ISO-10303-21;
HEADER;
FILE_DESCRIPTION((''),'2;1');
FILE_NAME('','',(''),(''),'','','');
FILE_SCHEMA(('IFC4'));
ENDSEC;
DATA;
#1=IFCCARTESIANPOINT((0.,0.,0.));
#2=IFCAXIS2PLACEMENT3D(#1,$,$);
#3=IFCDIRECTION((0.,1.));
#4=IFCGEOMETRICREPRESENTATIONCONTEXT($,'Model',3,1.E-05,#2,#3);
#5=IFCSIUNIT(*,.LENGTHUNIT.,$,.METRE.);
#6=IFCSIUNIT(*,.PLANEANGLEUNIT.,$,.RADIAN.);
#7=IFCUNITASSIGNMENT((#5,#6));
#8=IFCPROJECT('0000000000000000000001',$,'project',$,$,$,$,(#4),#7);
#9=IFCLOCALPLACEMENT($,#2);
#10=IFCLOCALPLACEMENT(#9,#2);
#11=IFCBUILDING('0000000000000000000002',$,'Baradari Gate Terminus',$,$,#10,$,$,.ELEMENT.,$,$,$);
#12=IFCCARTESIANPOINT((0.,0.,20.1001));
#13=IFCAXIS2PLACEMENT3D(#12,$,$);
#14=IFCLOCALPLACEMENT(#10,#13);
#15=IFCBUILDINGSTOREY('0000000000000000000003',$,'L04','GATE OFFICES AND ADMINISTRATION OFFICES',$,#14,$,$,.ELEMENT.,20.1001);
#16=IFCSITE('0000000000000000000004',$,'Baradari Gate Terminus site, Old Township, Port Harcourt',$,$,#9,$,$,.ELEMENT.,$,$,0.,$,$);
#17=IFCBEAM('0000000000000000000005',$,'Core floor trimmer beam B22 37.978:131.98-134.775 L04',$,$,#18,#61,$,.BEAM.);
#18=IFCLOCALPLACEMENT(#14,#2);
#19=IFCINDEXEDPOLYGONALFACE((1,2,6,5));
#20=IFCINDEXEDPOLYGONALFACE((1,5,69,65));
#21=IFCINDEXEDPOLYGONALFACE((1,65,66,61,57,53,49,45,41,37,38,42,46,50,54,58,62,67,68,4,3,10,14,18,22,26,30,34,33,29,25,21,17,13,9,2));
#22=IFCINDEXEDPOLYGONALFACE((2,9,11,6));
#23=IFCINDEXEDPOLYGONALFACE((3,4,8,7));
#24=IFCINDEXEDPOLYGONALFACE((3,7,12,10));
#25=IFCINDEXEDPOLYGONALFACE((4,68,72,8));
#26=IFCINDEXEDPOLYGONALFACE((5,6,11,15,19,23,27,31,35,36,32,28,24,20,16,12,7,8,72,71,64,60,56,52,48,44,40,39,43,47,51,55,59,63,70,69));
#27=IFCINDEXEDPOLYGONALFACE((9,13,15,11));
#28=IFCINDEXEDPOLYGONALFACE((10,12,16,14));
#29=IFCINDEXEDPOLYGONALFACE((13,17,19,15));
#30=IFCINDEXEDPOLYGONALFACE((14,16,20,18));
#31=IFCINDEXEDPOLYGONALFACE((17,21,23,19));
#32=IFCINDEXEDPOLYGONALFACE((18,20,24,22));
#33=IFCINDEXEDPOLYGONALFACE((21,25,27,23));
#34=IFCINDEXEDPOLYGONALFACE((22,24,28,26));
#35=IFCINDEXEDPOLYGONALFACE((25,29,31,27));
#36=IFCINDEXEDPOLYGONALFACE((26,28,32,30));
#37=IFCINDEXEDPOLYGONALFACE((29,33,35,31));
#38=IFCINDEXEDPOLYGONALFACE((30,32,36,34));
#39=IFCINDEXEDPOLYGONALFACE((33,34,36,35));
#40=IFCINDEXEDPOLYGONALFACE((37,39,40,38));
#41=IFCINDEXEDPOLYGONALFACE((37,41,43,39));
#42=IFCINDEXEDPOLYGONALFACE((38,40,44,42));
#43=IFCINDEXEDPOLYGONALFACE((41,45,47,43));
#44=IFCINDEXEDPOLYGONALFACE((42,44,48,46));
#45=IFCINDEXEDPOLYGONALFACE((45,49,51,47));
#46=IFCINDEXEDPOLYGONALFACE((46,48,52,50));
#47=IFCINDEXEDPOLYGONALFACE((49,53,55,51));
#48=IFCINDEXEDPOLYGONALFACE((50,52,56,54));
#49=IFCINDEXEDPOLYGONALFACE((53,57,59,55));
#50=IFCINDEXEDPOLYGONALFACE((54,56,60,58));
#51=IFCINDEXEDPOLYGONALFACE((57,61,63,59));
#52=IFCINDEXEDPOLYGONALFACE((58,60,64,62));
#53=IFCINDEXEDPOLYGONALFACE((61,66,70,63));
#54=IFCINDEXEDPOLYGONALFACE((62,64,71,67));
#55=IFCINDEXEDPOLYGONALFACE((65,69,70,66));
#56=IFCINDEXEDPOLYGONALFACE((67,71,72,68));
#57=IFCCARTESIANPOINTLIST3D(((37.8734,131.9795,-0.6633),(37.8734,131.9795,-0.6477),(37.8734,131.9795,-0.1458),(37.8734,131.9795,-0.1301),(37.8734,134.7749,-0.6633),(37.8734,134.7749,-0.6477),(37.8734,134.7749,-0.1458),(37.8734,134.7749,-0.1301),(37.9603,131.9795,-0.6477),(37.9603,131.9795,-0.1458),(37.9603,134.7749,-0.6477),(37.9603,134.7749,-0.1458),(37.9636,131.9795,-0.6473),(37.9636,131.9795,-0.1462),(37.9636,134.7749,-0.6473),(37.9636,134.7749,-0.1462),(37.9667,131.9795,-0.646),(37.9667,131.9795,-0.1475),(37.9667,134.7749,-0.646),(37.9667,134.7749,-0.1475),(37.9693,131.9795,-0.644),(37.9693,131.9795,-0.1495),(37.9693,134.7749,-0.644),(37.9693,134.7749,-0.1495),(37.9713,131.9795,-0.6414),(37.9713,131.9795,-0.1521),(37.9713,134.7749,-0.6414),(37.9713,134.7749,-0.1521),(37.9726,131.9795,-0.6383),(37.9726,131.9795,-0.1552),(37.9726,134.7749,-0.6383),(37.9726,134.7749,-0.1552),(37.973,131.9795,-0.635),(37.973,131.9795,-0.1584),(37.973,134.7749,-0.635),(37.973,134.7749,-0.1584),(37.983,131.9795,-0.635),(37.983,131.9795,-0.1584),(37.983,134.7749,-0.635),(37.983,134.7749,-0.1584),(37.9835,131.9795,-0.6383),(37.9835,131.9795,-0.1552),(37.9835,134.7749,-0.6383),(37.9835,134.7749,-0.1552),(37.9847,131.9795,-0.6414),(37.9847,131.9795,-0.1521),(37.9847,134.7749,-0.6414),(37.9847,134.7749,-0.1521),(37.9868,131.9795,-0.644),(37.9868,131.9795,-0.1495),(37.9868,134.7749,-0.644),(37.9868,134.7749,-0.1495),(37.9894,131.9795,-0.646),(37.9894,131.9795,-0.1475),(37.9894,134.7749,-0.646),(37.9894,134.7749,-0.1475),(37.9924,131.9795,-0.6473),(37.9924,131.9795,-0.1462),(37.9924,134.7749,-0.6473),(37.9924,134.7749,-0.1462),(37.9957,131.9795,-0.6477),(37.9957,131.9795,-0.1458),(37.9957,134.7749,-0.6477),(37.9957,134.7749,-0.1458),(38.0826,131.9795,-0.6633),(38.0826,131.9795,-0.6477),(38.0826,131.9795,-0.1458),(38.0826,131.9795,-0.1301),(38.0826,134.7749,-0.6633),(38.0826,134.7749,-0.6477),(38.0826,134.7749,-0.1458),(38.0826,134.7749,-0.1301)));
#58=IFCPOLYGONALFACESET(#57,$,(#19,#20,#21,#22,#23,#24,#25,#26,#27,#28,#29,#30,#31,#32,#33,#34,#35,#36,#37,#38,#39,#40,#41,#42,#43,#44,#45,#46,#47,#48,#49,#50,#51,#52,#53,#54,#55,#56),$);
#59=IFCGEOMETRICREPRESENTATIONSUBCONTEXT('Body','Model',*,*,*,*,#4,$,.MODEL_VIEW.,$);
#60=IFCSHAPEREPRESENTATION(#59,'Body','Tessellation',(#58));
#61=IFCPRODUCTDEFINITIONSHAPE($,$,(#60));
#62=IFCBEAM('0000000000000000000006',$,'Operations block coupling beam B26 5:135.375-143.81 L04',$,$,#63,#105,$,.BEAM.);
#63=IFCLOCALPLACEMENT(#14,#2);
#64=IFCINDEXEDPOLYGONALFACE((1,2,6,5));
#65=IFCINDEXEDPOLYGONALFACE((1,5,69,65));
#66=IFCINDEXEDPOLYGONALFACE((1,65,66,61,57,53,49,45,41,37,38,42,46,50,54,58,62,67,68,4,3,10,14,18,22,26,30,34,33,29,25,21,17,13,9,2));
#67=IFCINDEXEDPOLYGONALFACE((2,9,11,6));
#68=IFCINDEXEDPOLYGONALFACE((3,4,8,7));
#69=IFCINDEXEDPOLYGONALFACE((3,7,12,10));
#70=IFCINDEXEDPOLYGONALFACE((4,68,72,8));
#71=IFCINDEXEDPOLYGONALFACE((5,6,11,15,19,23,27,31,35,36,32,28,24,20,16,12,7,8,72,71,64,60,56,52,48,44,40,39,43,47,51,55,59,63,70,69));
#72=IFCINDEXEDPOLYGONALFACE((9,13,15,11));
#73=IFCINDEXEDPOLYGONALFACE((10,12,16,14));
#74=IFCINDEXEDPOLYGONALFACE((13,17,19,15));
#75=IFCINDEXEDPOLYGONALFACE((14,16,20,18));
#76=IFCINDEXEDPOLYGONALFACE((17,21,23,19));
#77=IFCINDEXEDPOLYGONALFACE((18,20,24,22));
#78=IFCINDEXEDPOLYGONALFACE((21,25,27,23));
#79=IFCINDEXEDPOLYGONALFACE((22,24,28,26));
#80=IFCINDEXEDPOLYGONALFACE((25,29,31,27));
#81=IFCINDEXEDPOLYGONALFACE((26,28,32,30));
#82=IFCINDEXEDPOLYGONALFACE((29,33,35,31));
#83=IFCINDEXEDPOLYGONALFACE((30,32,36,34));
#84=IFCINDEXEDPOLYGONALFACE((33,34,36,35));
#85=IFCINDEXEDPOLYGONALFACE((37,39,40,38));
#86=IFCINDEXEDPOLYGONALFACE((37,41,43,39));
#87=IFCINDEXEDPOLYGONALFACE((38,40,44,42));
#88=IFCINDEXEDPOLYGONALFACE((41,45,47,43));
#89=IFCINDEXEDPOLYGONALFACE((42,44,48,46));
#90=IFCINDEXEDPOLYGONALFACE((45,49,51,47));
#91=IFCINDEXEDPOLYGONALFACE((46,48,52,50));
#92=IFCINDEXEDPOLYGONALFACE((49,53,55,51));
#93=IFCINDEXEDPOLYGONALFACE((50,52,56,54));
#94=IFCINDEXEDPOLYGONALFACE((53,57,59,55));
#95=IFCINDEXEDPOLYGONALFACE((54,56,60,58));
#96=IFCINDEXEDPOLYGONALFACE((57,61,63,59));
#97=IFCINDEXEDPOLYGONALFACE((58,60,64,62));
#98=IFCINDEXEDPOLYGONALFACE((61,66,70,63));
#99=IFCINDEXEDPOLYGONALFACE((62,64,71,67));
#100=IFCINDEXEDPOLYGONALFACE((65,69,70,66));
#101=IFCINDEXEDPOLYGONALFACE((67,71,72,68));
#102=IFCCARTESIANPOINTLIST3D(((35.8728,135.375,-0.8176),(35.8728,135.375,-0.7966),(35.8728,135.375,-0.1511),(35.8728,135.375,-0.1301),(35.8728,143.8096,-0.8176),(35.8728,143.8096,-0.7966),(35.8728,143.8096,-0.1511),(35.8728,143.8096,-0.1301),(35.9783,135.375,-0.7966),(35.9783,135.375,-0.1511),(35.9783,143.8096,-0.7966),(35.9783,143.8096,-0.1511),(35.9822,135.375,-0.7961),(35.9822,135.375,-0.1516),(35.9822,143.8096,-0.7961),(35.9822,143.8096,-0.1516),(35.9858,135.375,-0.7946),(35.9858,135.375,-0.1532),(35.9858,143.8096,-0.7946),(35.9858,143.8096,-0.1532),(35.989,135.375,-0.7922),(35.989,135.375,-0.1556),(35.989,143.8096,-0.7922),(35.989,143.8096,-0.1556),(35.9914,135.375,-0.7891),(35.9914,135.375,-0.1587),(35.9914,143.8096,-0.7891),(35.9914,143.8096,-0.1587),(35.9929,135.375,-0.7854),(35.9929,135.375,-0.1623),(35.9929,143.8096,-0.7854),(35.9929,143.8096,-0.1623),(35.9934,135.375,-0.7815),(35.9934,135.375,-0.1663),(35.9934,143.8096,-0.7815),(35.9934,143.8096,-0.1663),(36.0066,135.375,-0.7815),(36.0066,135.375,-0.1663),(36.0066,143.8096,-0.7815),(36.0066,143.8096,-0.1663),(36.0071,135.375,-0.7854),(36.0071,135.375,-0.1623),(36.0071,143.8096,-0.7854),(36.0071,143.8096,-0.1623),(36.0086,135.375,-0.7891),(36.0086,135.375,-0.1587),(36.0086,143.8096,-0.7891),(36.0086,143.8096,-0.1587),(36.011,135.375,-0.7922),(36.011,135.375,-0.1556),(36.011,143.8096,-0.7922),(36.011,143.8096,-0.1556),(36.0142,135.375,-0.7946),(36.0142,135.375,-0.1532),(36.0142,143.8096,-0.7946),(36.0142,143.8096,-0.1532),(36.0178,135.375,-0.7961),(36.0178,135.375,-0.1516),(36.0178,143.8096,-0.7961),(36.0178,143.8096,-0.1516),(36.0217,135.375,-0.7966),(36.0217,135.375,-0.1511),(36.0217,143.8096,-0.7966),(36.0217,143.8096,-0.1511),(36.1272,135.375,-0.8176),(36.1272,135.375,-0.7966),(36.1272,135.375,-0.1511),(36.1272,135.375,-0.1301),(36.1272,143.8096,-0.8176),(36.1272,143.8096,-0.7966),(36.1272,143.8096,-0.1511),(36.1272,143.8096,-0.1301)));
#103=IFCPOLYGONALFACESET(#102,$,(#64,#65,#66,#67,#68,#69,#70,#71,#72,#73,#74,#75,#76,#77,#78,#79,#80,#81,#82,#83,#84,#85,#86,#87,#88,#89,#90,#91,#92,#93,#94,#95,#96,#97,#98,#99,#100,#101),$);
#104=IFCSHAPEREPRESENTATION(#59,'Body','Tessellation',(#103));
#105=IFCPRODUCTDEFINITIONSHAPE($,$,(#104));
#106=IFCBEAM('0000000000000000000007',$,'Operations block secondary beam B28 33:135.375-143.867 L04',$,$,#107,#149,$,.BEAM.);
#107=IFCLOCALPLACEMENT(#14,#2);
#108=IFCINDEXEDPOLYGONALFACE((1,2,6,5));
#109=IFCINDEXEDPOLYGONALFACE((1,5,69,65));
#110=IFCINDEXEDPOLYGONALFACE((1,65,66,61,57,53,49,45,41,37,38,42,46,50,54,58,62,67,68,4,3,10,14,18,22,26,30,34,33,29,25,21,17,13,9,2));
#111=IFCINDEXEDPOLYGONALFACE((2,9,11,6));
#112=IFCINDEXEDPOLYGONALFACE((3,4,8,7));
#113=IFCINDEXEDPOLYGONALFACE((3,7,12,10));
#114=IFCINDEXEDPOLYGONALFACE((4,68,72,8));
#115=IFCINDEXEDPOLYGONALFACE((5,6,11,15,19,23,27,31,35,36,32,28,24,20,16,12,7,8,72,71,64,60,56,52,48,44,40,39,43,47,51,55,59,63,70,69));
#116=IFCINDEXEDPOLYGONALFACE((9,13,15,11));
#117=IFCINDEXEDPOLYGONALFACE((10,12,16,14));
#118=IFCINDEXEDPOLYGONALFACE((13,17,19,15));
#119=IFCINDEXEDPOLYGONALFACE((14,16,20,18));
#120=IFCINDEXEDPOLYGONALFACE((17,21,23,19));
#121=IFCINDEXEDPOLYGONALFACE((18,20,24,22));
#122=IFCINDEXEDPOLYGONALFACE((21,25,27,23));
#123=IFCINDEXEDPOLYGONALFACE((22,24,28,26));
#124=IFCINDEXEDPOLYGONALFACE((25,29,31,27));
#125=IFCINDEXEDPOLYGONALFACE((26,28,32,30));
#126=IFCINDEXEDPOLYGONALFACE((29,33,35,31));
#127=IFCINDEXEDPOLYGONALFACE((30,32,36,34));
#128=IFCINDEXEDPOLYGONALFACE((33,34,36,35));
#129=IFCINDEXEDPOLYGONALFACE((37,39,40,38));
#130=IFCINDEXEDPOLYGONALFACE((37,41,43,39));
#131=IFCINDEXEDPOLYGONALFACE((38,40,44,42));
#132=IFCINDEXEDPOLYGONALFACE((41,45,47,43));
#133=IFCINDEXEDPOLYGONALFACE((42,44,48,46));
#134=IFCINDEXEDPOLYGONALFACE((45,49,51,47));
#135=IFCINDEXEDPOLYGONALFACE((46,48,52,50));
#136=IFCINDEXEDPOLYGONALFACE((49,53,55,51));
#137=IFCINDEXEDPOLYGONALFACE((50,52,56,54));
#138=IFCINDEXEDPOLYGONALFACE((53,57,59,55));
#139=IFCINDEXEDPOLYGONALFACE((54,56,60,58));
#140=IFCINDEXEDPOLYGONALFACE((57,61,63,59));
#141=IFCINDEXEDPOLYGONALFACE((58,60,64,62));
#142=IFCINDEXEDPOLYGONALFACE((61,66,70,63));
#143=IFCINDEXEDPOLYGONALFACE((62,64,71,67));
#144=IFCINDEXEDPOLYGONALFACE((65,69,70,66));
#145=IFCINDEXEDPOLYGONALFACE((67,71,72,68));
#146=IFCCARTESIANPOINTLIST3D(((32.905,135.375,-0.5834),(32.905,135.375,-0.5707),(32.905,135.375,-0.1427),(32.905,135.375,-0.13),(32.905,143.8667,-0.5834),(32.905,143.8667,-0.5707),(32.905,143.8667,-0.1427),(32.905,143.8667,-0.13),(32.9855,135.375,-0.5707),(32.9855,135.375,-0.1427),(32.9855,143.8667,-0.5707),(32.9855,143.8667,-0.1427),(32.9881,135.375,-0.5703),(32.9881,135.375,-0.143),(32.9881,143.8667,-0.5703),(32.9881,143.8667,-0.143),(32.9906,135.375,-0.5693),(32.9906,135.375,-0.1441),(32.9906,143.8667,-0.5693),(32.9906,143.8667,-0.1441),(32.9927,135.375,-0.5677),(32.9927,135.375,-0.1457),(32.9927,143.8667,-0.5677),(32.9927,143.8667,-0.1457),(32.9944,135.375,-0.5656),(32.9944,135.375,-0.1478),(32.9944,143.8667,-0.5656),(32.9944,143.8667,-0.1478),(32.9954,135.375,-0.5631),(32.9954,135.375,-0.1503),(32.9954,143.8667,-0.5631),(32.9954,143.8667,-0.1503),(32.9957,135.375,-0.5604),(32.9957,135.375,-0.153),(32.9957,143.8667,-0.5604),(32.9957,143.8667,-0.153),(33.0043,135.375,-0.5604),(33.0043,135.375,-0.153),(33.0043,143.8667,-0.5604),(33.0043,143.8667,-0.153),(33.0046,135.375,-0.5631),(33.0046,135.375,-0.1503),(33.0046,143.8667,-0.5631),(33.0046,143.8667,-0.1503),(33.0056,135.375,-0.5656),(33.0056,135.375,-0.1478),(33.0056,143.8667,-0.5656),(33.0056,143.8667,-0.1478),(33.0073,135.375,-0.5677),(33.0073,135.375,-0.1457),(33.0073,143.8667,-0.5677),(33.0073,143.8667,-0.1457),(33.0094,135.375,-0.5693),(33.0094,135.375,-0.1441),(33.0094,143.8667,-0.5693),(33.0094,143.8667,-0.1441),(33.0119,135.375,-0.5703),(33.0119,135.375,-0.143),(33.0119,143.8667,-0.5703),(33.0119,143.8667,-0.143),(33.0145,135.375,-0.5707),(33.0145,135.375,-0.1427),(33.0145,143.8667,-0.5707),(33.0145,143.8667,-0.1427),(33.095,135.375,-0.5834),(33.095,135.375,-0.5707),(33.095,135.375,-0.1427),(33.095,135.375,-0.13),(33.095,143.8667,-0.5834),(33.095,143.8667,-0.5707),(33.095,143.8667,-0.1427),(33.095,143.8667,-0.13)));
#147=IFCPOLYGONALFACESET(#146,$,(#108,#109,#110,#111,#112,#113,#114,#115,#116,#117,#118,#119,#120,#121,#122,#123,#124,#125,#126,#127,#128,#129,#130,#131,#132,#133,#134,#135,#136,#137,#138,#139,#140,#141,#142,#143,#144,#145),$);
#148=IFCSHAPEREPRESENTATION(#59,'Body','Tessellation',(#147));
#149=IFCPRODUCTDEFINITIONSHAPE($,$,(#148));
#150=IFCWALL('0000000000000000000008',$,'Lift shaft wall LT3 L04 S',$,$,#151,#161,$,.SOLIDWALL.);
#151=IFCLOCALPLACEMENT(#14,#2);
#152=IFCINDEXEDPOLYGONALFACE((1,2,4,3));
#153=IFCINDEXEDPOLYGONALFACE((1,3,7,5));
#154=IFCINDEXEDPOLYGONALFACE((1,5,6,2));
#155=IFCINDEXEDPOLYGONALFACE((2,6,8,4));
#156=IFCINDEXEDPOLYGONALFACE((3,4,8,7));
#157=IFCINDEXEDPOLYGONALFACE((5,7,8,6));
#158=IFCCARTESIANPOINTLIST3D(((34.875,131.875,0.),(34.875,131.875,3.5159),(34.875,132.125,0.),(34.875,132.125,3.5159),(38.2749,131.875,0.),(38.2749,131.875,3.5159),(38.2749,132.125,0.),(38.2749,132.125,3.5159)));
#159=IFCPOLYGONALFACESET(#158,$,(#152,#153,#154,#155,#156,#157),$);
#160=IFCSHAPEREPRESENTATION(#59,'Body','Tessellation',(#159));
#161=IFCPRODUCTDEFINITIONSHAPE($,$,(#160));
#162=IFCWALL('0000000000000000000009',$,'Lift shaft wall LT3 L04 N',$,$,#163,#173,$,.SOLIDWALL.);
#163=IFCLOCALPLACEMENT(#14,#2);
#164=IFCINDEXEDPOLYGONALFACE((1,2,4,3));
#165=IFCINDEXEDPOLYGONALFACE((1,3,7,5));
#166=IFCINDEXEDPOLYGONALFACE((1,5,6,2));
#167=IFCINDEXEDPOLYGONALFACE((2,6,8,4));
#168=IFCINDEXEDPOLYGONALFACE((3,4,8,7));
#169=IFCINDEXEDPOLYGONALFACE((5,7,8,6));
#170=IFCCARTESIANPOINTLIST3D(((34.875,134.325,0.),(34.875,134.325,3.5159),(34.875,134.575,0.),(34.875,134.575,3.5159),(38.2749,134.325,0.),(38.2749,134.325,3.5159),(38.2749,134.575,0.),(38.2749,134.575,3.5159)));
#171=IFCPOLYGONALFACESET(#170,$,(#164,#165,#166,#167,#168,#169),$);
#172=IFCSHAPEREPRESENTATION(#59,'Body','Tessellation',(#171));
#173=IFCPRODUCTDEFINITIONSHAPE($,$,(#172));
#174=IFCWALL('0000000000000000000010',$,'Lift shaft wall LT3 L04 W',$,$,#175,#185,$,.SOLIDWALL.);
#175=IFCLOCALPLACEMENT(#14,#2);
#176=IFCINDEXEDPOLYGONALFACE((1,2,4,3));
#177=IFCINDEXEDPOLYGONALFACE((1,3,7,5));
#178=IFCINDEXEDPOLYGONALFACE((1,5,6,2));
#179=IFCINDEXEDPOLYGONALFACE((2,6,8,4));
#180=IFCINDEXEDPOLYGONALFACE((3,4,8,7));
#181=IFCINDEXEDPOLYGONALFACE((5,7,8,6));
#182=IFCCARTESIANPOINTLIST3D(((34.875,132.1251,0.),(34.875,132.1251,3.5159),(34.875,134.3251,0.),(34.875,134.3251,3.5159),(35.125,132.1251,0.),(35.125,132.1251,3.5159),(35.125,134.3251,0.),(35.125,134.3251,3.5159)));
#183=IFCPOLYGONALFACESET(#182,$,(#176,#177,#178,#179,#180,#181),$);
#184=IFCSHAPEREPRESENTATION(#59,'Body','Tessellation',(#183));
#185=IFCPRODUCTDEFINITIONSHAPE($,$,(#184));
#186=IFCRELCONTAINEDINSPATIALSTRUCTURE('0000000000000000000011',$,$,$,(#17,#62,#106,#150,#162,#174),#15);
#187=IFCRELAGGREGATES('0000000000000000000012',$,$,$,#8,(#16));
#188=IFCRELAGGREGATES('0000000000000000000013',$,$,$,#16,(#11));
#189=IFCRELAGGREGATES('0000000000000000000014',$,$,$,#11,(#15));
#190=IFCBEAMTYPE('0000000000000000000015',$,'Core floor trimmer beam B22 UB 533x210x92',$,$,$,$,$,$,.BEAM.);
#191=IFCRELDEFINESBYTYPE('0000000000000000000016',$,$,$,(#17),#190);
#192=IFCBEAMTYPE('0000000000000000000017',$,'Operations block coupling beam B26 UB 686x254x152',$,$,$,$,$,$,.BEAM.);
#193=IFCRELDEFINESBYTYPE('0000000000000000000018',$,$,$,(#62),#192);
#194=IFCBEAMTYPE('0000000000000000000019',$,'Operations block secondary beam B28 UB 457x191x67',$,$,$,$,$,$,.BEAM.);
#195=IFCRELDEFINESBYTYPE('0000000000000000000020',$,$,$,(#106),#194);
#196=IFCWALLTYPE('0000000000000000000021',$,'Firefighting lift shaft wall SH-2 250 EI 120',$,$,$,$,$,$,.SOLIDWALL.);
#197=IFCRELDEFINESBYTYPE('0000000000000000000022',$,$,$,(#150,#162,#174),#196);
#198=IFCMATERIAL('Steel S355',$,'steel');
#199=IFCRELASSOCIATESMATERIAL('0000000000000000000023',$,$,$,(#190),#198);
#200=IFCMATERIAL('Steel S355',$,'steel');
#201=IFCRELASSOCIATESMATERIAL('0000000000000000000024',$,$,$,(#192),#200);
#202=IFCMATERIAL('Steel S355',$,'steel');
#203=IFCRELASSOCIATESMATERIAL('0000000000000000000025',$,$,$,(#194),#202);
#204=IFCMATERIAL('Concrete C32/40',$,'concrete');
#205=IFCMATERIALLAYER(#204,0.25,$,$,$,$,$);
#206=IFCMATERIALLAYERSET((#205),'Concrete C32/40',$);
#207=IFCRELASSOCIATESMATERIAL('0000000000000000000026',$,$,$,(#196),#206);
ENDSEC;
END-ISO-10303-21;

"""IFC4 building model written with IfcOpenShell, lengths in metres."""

from ifc_helpers import new_model, si_unit, direction, frame, frame_2d, origin, origin_2d, place, context, subcontext, project, spatial, rectangle, i_section, extrude, material, layer, layer_set, material_profile, profile_set, type_object, element, save


model = new_model("IFC4")

# Units and contexts
model_context = context("Model", 3, precision=1e-05, world=origin(), true_north=direction((0.0, 1.0)))
body_context = subcontext(model_context, "Body", "Model", "MODEL_VIEW")
ifc_project = project(units=[si_unit("LENGTHUNIT", "METRE"), si_unit("PLANEANGLEUNIT", "RADIAN")], contexts=[model_context])

# Site, building, storey
site_placement = place(None, origin())
site = spatial("IfcSite", under=ifc_project, at=site_placement, Name="Baradari Gate Terminus site, Old Township, Port Harcourt", CompositionType="ELEMENT", RefElevation=0.0)
building_placement = place(site_placement, origin())
building = spatial("IfcBuilding", under=site, at=building_placement, Name="Baradari Gate Terminus", CompositionType="ELEMENT")
storey_placement = place(building_placement, frame((0.0, 0.0, 20.1001)))
storey = spatial("IfcBuildingStorey", under=building, at=storey_placement, Name="L04", Description="GATE OFFICES AND ADMINISTRATION OFFICES", CompositionType="ELEMENT", Elevation=20.1001)

# Beams
ifc_material_1 = material(Name="Steel S355", Category="steel")
ifc_material_profile_1 = material_profile(ifc_material_1, i_section(OverallWidth=0.2092, OverallDepth=0.5332, WebThickness=0.01, FlangeThickness=0.0156, FilletRadius=0.0127, at=origin_2d()), Name="UB 533x210x92")
ifc_profile_set_1 = profile_set([ifc_material_profile_1], Name="Steel S355")
beam_type_1 = type_object("IfcBeamType", Name="Core floor trimmer beam B22 UB 533x210x92", PredefinedType="BEAM", material=ifc_profile_set_1)
beam_1_placement = place(storey_placement, frame((37.978, 131.9795, -0.3967), z_axis=(0.0, 1.0, 0.0), x_axis=(-1.0, 0.0, 0.0)))
element("IfcBeam", 1, at=beam_1_placement, inside=storey, type_object=beam_type_1, Name="Core floor trimmer beam B22 37.978:131.98-134.775 L04", PredefinedType="BEAM", context=body_context, shape_type="SweptSolid", body=[
    extrude(i_section(OverallWidth=0.2092, OverallDepth=0.5332, WebThickness=0.01, FlangeThickness=0.0156, FilletRadius=0.0127, at=origin_2d()), origin(), (0.0, 0.0, 1.0), 2.7954),
])
ifc_material_2 = material(Name="Steel S355", Category="steel")
ifc_material_profile_2 = material_profile(ifc_material_2, i_section(OverallWidth=0.2544, OverallDepth=0.6875, WebThickness=0.0132, FlangeThickness=0.021, FilletRadius=0.0151, at=origin_2d()), Name="UB 686x254x152")
ifc_profile_set_2 = profile_set([ifc_material_profile_2], Name="Steel S355")
beam_type_2 = type_object("IfcBeamType", Name="Operations block coupling beam B26 UB 686x254x152", PredefinedType="BEAM", material=ifc_profile_set_2)
beam_2_placement = place(storey_placement, frame((36.0, 135.375, -0.4739), z_axis=(0.0, 1.0, 0.0), x_axis=(-1.0, 0.0, 0.0)))
element("IfcBeam", 2, at=beam_2_placement, inside=storey, type_object=beam_type_2, Name="Operations block coupling beam B26 5:135.375-143.81 L04", PredefinedType="BEAM", context=body_context, shape_type="SweptSolid", body=[
    extrude(i_section(OverallWidth=0.2544, OverallDepth=0.6875, WebThickness=0.0132, FlangeThickness=0.021, FilletRadius=0.0151, at=origin_2d()), origin(), (0.0, 0.0, 1.0), 8.4346),
])
ifc_material_3 = material(Name="Steel S355", Category="steel")
ifc_material_profile_3 = material_profile(ifc_material_3, i_section(OverallWidth=0.1899, OverallDepth=0.4534, WebThickness=0.0085, FlangeThickness=0.0127, FilletRadius=0.0103, at=origin_2d()), Name="UB 457x191x67")
ifc_profile_set_3 = profile_set([ifc_material_profile_3], Name="Steel S355")
beam_type_3 = type_object("IfcBeamType", Name="Operations block secondary beam B28 UB 457x191x67", PredefinedType="BEAM", material=ifc_profile_set_3)
beam_3_placement = place(storey_placement, frame((33.0, 135.375, -0.3567), z_axis=(0.0, 1.0, 0.0), x_axis=(-1.0, 0.0, 0.0)))
element("IfcBeam", 3, at=beam_3_placement, inside=storey, type_object=beam_type_3, Name="Operations block secondary beam B28 33:135.375-143.867 L04", PredefinedType="BEAM", context=body_context, shape_type="SweptSolid", body=[
    extrude(i_section(OverallWidth=0.1899, OverallDepth=0.4534, WebThickness=0.0085, FlangeThickness=0.0127, FilletRadius=0.0103, at=origin_2d()), origin(), (0.0, 0.0, 1.0), 8.4917),
])

# Walls
ifc_material_4 = material(Name="Concrete C32/40", Category="concrete")
ifc_layer_1 = layer(ifc_material_4, 0.25)
ifc_layer_set_1 = layer_set([ifc_layer_1], Name="Concrete C32/40")
wall_type_1 = type_object("IfcWallType", Name="Firefighting lift shaft wall SH-2 250 EI 120", PredefinedType="SOLIDWALL", material=ifc_layer_set_1)
for number, where, z_axis, x_axis, name in (
    (4, (34.875, 132.0, 0.0), (0.0, 0.0, 1.0), (1.0, 0.0, 0.0), "Lift shaft wall LT3 L04 S"),
    (5, (34.875, 134.45, 0.0), (0.0, 0.0, 1.0), (1.0, 0.0, 0.0), "Lift shaft wall LT3 L04 N"),
):
    element("IfcWall", number, at=place(storey_placement, frame(where, z_axis=z_axis, x_axis=x_axis)), inside=storey, type_object=wall_type_1, Name=name, PredefinedType="SOLIDWALL", context=body_context, shape_type="SweptSolid", body=[
        extrude(rectangle(XDim=3.3999, YDim=0.25, at=frame_2d((1.7, 0.0))), origin(), (0.0, 0.0, 1.0), 3.5159),
    ])
wall_1_placement = place(storey_placement, frame((35.0, 132.125, 0.0), z_axis=(0.0, 0.0, 1.0), x_axis=(0.0, 1.0, 0.0)))
element("IfcWall", 6, at=wall_1_placement, inside=storey, type_object=wall_type_1, Name="Lift shaft wall LT3 L04 W", PredefinedType="SOLIDWALL", context=body_context, shape_type="SweptSolid", body=[
    extrude(rectangle(XDim=2.2, YDim=0.25, at=frame_2d((1.1001, 0.0))), origin(), (0.0, 0.0, 1.0), 3.5159),
])

save(model, "model.ifc")
